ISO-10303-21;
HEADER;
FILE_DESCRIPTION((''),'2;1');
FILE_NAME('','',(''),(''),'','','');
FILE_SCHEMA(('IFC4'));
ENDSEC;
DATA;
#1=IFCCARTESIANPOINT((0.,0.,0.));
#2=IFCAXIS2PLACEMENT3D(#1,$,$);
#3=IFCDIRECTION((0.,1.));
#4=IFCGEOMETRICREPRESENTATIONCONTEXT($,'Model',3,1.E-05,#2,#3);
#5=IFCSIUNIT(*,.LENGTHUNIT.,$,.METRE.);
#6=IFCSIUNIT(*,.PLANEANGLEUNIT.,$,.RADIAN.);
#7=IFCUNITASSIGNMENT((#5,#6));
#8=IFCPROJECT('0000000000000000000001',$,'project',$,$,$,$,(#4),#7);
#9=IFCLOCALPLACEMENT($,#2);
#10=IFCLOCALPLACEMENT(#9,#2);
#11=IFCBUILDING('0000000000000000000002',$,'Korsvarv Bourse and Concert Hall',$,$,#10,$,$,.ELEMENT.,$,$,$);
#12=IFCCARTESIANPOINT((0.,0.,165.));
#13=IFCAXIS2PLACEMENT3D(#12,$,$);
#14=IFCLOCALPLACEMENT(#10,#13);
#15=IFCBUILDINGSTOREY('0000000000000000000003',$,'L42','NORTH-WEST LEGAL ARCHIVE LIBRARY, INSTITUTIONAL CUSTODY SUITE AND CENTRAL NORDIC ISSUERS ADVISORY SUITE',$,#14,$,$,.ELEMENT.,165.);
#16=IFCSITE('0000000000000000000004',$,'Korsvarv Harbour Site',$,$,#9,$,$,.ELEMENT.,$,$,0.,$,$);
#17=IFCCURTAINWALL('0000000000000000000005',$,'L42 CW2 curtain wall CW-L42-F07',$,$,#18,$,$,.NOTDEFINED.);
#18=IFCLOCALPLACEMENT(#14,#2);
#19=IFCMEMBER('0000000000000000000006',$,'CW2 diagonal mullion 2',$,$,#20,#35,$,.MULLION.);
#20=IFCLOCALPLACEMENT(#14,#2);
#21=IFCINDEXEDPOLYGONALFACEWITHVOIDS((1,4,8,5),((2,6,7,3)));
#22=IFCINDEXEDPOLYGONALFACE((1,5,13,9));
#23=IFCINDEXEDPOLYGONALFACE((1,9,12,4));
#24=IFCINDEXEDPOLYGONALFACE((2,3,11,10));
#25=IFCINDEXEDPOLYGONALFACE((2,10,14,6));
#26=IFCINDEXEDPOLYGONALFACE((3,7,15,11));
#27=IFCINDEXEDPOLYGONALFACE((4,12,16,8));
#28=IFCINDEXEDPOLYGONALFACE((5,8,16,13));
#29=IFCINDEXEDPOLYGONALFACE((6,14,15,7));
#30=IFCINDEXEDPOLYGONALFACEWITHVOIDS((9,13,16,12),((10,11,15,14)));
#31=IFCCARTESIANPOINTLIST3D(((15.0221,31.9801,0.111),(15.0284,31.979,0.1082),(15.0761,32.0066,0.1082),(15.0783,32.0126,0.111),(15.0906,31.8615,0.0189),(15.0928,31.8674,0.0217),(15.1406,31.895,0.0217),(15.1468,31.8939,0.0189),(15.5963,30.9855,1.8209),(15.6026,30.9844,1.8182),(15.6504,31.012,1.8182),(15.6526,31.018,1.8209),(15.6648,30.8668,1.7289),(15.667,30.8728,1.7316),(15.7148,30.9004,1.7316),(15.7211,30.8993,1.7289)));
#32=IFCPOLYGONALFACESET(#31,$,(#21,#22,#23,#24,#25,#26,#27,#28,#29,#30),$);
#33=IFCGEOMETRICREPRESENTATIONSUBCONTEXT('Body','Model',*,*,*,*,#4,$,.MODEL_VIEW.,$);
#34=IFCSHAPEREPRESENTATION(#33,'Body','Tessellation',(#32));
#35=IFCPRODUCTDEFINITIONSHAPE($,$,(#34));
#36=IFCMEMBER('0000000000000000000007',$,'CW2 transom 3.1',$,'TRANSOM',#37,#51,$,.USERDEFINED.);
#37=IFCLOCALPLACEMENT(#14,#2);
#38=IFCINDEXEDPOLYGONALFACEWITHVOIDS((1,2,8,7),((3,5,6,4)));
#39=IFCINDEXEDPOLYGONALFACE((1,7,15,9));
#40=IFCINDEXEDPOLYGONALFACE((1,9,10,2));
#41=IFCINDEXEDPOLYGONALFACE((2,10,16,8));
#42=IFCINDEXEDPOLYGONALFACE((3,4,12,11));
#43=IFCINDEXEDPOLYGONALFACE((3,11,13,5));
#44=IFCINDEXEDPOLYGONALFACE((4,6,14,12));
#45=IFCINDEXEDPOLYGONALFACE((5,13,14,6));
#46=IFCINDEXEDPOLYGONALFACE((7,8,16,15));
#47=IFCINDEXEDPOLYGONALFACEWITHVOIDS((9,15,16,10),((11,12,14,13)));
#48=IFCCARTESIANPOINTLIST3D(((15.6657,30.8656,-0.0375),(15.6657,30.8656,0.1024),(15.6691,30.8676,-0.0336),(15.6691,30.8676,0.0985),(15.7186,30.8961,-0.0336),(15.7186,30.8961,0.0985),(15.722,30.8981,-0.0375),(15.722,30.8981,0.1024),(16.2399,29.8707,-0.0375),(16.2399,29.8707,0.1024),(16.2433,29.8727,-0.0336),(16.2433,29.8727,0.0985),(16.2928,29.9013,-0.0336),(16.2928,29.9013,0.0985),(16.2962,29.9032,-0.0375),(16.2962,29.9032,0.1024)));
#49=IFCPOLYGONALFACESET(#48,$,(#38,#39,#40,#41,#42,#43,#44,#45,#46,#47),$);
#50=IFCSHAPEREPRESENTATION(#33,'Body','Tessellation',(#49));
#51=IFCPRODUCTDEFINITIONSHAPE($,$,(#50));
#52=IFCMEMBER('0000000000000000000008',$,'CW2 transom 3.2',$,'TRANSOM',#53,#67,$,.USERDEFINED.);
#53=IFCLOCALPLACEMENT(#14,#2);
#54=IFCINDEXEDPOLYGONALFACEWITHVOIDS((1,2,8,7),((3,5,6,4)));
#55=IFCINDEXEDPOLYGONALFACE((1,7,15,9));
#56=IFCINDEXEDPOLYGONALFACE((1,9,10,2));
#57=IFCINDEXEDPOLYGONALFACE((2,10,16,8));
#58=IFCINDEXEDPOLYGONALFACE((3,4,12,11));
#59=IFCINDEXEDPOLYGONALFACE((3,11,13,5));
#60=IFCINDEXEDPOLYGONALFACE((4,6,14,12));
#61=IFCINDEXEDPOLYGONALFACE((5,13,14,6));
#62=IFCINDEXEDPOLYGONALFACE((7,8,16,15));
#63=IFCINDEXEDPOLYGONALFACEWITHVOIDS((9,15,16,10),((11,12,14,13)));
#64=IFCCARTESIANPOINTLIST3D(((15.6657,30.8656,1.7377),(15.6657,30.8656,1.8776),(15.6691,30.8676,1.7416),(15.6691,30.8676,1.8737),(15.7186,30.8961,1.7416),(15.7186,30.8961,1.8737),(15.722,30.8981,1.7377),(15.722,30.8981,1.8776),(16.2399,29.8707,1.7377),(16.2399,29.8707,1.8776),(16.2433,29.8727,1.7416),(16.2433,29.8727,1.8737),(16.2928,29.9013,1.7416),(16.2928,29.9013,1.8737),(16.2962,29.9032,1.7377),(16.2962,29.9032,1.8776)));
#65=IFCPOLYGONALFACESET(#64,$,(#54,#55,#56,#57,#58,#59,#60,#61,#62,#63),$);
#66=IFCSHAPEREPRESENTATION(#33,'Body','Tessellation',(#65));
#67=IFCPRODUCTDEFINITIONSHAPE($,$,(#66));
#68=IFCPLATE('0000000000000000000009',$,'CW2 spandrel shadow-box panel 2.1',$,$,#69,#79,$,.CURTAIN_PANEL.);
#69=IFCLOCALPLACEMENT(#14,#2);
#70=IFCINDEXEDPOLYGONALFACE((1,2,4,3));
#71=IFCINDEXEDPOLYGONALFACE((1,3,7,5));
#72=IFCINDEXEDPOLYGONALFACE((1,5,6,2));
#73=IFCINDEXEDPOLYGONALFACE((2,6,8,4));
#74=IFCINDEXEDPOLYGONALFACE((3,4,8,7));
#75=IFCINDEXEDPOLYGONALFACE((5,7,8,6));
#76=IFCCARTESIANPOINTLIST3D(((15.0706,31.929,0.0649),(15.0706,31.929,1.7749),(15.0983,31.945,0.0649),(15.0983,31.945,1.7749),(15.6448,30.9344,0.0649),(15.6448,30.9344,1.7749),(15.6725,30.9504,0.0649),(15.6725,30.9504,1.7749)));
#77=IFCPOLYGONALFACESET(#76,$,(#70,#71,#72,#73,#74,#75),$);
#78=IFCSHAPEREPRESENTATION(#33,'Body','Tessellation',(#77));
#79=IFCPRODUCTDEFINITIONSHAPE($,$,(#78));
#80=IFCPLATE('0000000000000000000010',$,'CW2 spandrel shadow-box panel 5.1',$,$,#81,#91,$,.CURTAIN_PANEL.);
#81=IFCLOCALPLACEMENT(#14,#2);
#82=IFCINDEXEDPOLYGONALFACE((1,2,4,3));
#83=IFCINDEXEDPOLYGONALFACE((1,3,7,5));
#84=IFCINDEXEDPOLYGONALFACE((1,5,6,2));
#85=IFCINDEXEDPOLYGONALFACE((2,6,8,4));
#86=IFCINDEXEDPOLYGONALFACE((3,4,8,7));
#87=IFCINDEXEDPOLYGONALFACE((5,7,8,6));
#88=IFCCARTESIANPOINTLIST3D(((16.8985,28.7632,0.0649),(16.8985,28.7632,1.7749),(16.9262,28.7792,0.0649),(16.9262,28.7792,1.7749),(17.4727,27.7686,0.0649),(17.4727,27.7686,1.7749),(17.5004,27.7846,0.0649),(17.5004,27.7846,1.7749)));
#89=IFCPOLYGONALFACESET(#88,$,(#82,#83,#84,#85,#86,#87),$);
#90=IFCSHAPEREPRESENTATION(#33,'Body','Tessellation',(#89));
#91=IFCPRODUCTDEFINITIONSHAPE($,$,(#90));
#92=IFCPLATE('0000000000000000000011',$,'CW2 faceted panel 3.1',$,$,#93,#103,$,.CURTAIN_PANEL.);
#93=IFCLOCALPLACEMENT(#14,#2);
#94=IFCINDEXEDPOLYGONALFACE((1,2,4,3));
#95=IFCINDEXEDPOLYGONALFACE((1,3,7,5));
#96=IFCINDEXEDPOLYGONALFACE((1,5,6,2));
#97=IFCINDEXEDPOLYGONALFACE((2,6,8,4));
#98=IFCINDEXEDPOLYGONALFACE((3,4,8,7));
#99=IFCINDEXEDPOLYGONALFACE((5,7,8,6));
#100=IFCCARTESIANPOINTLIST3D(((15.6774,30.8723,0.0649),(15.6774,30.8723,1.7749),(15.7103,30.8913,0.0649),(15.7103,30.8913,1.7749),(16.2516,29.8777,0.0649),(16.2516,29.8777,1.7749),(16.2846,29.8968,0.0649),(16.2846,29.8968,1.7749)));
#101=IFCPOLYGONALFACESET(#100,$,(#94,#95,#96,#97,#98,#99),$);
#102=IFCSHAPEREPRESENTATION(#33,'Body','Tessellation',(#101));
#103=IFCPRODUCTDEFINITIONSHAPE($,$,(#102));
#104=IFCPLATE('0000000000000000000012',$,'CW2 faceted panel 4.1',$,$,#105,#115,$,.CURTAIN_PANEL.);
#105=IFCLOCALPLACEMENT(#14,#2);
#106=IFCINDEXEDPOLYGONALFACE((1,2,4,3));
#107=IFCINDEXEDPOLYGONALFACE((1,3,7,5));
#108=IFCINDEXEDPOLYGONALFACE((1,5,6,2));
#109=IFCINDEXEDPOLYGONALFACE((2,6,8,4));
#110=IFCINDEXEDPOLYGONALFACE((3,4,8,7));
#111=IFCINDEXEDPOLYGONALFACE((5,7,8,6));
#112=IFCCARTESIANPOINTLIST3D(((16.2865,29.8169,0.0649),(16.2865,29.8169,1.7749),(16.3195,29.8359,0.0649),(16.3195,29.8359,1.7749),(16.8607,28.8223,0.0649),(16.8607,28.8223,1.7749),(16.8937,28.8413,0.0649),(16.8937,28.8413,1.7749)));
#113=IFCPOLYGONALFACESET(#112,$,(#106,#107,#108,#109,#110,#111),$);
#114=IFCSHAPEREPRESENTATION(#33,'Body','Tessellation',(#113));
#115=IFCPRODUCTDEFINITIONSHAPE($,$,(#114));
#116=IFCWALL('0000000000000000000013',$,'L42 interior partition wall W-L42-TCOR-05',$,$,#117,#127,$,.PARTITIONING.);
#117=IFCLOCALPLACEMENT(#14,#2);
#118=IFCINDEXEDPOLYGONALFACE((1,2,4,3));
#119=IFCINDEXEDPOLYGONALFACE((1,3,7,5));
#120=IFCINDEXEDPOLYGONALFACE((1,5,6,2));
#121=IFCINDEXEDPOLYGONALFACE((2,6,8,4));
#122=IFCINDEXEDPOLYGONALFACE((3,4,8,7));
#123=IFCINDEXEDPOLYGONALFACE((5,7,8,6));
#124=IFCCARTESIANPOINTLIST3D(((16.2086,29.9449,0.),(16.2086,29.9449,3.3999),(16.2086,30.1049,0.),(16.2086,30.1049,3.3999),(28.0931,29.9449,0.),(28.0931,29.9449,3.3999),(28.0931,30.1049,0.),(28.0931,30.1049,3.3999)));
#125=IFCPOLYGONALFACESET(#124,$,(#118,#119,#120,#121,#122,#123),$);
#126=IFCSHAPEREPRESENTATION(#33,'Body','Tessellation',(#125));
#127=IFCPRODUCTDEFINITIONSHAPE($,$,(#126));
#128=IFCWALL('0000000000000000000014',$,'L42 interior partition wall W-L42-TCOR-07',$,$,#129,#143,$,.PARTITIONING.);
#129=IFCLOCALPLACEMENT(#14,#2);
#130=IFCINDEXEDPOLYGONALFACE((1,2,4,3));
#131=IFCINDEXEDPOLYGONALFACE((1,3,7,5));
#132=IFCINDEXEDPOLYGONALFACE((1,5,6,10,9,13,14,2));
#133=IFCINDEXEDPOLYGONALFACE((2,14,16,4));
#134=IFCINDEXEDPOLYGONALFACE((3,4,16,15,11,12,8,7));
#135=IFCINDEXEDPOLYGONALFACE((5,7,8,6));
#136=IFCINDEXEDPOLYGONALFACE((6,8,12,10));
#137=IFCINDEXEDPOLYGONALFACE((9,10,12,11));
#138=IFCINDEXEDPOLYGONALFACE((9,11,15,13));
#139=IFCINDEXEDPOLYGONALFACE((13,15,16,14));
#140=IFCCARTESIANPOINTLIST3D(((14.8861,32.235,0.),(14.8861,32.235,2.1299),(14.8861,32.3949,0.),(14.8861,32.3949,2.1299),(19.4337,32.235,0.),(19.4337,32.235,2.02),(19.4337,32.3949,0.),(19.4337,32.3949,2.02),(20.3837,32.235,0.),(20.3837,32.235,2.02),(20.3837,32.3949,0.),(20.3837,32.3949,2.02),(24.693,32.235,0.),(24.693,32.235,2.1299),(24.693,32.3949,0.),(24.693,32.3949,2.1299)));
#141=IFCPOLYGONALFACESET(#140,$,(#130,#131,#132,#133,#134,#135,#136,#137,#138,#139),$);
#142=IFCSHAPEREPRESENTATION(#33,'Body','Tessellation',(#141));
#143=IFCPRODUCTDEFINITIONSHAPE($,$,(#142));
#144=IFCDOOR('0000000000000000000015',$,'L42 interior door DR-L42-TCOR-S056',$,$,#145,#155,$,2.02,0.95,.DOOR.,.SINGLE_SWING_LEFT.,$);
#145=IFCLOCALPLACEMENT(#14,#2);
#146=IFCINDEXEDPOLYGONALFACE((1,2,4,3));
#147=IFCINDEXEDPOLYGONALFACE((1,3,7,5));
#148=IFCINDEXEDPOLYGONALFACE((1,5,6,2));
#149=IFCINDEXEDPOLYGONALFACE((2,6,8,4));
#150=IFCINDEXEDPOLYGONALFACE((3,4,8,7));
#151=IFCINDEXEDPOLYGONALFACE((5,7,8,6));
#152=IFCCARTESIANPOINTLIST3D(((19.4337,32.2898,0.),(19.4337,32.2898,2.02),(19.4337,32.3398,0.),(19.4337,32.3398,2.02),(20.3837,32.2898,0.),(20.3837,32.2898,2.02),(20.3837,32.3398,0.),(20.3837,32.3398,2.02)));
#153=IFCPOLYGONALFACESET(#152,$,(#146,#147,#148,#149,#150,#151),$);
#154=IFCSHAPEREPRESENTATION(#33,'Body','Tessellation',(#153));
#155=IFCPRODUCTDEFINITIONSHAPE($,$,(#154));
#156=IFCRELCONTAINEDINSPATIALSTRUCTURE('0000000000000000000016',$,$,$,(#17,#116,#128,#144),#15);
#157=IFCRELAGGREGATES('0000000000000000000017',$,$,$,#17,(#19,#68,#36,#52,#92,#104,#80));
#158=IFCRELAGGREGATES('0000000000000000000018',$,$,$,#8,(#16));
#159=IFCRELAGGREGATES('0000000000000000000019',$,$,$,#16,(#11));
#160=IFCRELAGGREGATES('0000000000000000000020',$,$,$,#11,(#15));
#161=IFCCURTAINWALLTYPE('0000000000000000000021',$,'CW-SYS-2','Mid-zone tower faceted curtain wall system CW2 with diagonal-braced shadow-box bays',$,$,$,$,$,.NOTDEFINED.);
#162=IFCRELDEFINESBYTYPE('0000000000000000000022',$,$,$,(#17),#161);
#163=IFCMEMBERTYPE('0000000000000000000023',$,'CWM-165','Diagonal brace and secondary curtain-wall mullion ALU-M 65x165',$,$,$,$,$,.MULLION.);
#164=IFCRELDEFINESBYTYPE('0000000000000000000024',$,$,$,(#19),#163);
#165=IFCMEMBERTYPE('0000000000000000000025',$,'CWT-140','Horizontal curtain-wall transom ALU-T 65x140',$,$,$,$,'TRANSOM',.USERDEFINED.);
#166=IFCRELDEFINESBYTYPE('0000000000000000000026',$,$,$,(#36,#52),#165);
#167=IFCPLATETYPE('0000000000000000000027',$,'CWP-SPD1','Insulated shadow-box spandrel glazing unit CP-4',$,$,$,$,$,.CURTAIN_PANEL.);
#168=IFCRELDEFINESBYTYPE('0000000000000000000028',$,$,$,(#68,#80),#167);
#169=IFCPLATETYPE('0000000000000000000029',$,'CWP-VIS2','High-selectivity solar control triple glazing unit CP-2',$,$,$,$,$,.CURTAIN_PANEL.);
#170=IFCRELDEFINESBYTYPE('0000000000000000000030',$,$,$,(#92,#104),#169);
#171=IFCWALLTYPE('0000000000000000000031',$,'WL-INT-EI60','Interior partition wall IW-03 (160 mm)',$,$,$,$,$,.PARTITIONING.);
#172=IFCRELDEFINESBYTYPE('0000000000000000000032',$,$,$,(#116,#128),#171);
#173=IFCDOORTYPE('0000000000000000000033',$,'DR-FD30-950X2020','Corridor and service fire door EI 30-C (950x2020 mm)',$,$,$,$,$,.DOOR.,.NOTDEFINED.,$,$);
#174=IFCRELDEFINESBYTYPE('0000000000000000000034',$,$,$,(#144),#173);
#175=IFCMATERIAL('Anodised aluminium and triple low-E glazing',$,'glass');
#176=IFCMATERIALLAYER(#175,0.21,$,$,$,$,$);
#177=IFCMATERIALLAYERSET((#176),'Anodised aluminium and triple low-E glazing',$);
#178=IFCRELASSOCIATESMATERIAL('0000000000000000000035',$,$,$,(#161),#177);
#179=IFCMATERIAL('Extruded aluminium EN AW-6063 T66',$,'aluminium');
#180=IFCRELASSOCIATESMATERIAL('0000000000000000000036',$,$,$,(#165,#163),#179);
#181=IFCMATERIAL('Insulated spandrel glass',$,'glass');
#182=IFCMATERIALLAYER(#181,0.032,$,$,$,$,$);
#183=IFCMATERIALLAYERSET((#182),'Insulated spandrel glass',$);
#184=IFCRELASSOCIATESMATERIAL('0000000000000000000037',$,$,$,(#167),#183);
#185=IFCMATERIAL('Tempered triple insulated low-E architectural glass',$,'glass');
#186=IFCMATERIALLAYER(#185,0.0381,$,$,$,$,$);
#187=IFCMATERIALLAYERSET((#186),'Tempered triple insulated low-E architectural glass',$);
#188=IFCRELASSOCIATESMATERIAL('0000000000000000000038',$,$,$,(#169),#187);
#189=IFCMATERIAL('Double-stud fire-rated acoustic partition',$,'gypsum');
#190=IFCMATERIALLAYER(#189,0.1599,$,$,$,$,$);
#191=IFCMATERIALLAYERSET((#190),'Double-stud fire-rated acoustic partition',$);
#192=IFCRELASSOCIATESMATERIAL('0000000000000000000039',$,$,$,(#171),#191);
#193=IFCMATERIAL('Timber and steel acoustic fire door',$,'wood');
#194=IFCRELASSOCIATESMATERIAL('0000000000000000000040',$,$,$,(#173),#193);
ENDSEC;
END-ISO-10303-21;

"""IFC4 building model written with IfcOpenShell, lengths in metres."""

from ifc_helpers import new_model, si_unit, direction, frame, frame_2d, origin, origin_2d, place, context, subcontext, project, spatial, rectangle, hollow_rectangle, extrude, source, transform, mapped, material, layer, layer_set, material_profile, profile_set, type_object, element, fill, aggregate, save


model = new_model("IFC4")

# Units and contexts
model_context = context("Model", 3, precision=1e-05, world=origin(), true_north=direction((0.0, 1.0)))
body_context = subcontext(model_context, "Body", "Model", "MODEL_VIEW")
ifc_project = project(units=[si_unit("LENGTHUNIT", "METRE"), si_unit("PLANEANGLEUNIT", "RADIAN")], contexts=[model_context])

# Site, building, storey
site_placement = place(None, origin())
site = spatial("IfcSite", under=ifc_project, at=site_placement, Name="Korsvarv Harbour Site", CompositionType="ELEMENT", RefElevation=0.0)
building_placement = place(site_placement, origin())
building = spatial("IfcBuilding", under=site, at=building_placement, Name="Korsvarv Bourse and Concert Hall", CompositionType="ELEMENT")
storey_placement = place(building_placement, frame((0.0, 0.0, 165.0)))
storey = spatial("IfcBuildingStorey", under=building, at=storey_placement, Name="L42", Description="NORTH-WEST LEGAL ARCHIVE LIBRARY, INSTITUTIONAL CUSTODY SUITE AND CENTRAL NORDIC ISSUERS ADVISORY SUITE", CompositionType="ELEMENT", Elevation=165.0)

# Curtain wall, members, plates
ifc_material_1 = material(Name="Anodised aluminium and triple low-E glazing", Category="glass")
ifc_layer_1 = layer(ifc_material_1, 0.21)
ifc_layer_set_1 = layer_set([ifc_layer_1], Name="Anodised aluminium and triple low-E glazing")
curtain_wall_type = type_object("IfcCurtainWallType", Name="CW-SYS-2", Description="Mid-zone tower faceted curtain wall system CW2 with diagonal-braced shadow-box bays", PredefinedType="NOTDEFINED", material=ifc_layer_set_1)
curtain_wall_placement = place(storey_placement, origin())
curtain_wall = element("IfcCurtainWall", 1, at=curtain_wall_placement, inside=storey, type_object=curtain_wall_type, Name="L42 CW2 curtain wall CW-L42-F07", PredefinedType="NOTDEFINED")
ifc_material_2 = material(Name="Extruded aluminium EN AW-6063 T66", Category="aluminium")
ifc_material_profile_1 = material_profile(ifc_material_2, hollow_rectangle(XDim=0.0649, YDim=0.1399, WallThickness=0.0039, at=origin_2d()), Name="ALU-T 65x140")
ifc_profile_set_1 = profile_set([ifc_material_profile_1], Name="Extruded aluminium EN AW-6063 T66")
member_type_1 = type_object("IfcMemberType", Name="CWT-140", Description="Horizontal curtain-wall transom ALU-T 65x140", ElementType="TRANSOM", PredefinedType="USERDEFINED", material=ifc_profile_set_1)
ifc_material_profile_2 = material_profile(ifc_material_2, hollow_rectangle(XDim=0.0649, YDim=0.165, WallThickness=0.0049, at=origin_2d()), Name="ALU-M 65x165")
ifc_profile_set_2 = profile_set([ifc_material_profile_2], Name="Extruded aluminium EN AW-6063 T66")
member_type_2 = type_object("IfcMemberType", Name="CWM-165", Description="Diagonal brace and secondary curtain-wall mullion ALU-M 65x165", PredefinedType="MULLION", material=ifc_profile_set_2)
shared_shape_1 = source(origin(), body_context, "Body", "SweptSolid", [
    extrude(hollow_rectangle(XDim=0.0649, YDim=0.165, WallThickness=0.0049, at=origin_2d()), origin(), (0.0, 0.0, 1.0), 2.0598),
])
member_1_placement = place(storey_placement, frame((15.0845, 31.937, 0.0649), z_axis=(0.278767, -0.482865, 0.830139), x_axis=(0.866037, 0.49998, 0.0)))
member_1 = element("IfcMember", 2, at=member_1_placement, type_object=member_type_2, Name="CW2 diagonal mullion 2", PredefinedType="MULLION", context=body_context, shape_type="MappedRepresentation", body=[
    mapped(shared_shape_1, transform((0.0, 0.0, 0.0), scale=1.0)),
])
shared_shape_2 = source(origin(), body_context, "Body", "SweptSolid", [
    extrude(hollow_rectangle(XDim=0.0649, YDim=0.1399, WallThickness=0.0039, at=origin_2d()), origin(), (0.0, 0.0, 1.0), 1.1487),
])
member_2_placement = place(storey_placement, frame((15.6938, 30.8818, 0.0325), z_axis=(0.499888, -0.86609, 0.0), x_axis=(0.86609, 0.499888, 0.0)))
member_2 = element("IfcMember", 3, at=member_2_placement, type_object=member_type_1, Name="CW2 transom 3.1", ObjectType="TRANSOM", PredefinedType="USERDEFINED", context=body_context, shape_type="MappedRepresentation", body=[
    mapped(shared_shape_2, transform((0.0, 0.0, 0.0), scale=1.0)),
])
member_3_placement = place(storey_placement, frame((15.6938, 30.8818, 1.8076), z_axis=(0.499888, -0.86609, 0.0), x_axis=(0.86609, 0.499888, 0.0)))
member_3 = element("IfcMember", 4, at=member_3_placement, type_object=member_type_1, Name="CW2 transom 3.2", ObjectType="TRANSOM", PredefinedType="USERDEFINED", context=body_context, shape_type="MappedRepresentation", body=[
    mapped(shared_shape_2, transform((0.0, 0.0, 0.0), scale=1.0)),
])
ifc_material_3 = material(Name="Insulated spandrel glass", Category="glass")
ifc_layer_2 = layer(ifc_material_3, 0.032)
ifc_layer_set_2 = layer_set([ifc_layer_2], Name="Insulated spandrel glass")
plate_type_1 = type_object("IfcPlateType", Name="CWP-SPD1", Description="Insulated shadow-box spandrel glazing unit CP-4", PredefinedType="CURTAIN_PANEL", material=ifc_layer_set_2)
shared_shape_3 = source(origin(), body_context, "Body", "SweptSolid", [
    extrude(rectangle(XDim=1.1484, YDim=0.032, at=origin_2d()), origin(), (0.0, 0.0, 1.0), 1.71),
])
plate_1_placement = place(storey_placement, frame((15.3716, 31.4397, 0.0649), z_axis=(0.0, 0.0, 1.0), x_axis=(0.500002, -0.866024, 0.0)))
plate_1 = element("IfcPlate", 5, at=plate_1_placement, type_object=plate_type_1, Name="CW2 spandrel shadow-box panel 2.1", PredefinedType="CURTAIN_PANEL", context=body_context, shape_type="MappedRepresentation", body=[
    mapped(shared_shape_3, transform((0.0, 0.0, 0.0), scale=1.0)),
])
plate_2_placement = place(storey_placement, frame((17.1995, 28.2739, 0.0649), z_axis=(0.0, 0.0, 1.0), x_axis=(0.500002, -0.866024, 0.0)))
plate_2 = element("IfcPlate", 6, at=plate_2_placement, type_object=plate_type_1, Name="CW2 spandrel shadow-box panel 5.1", PredefinedType="CURTAIN_PANEL", context=body_context, shape_type="MappedRepresentation", body=[
    mapped(shared_shape_3, transform((0.0, 0.0, 0.0), scale=1.0)),
])
ifc_material_4 = material(Name="Tempered triple insulated low-E architectural glass", Category="glass")
ifc_layer_3 = layer(ifc_material_4, 0.0381)
ifc_layer_set_3 = layer_set([ifc_layer_3], Name="Tempered triple insulated low-E architectural glass")
plate_type_2 = type_object("IfcPlateType", Name="CWP-VIS2", Description="High-selectivity solar control triple glazing unit CP-2", PredefinedType="CURTAIN_PANEL", material=ifc_layer_set_3)
shared_shape_4 = source(origin(), body_context, "Body", "SweptSolid", [
    extrude(rectangle(XDim=1.1484, YDim=0.0381, at=origin_2d()), origin(), (0.0, 0.0, 1.0), 1.71),
])
plate_3_placement = place(storey_placement, frame((15.981, 30.3845, 0.0649), z_axis=(0.0, 0.0, 1.0), x_axis=(0.500002, -0.866024, 0.0)))
plate_3 = element("IfcPlate", 7, at=plate_3_placement, type_object=plate_type_2, Name="CW2 faceted panel 3.1", PredefinedType="CURTAIN_PANEL", context=body_context, shape_type="MappedRepresentation", body=[
    mapped(shared_shape_4, transform((0.0, 0.0, 0.0), scale=1.0)),
])
plate_4_placement = place(storey_placement, frame((16.5901, 29.3291, 0.0649), z_axis=(0.0, 0.0, 1.0), x_axis=(0.500002, -0.866024, 0.0)))
plate_4 = element("IfcPlate", 8, at=plate_4_placement, type_object=plate_type_2, Name="CW2 faceted panel 4.1", PredefinedType="CURTAIN_PANEL", context=body_context, shape_type="MappedRepresentation", body=[
    mapped(shared_shape_4, transform((0.0, 0.0, 0.0), scale=1.0)),
])
aggregate(curtain_wall, [member_1, plate_1, member_2, member_3, plate_3, plate_4, plate_2])

# Wall
ifc_material_5 = material(Name="Double-stud fire-rated acoustic partition", Category="gypsum")
ifc_layer_4 = layer(ifc_material_5, 0.1599)
ifc_layer_set_4 = layer_set([ifc_layer_4], Name="Double-stud fire-rated acoustic partition")
wall_type = type_object("IfcWallType", Name="WL-INT-EI60", Description="Interior partition wall IW-03 (160 mm)", PredefinedType="PARTITIONING", material=ifc_layer_set_4)
wall_1_placement = place(storey_placement, frame((16.2085, 30.0249, 0.0), z_axis=(0.0, 0.0, 1.0), x_axis=(1.0, 0.0, 0.0)))
element("IfcWall", 9, at=wall_1_placement, inside=storey, type_object=wall_type, Name="L42 interior partition wall W-L42-TCOR-05", PredefinedType="PARTITIONING", context=body_context, shape_type="SweptSolid", body=[
    extrude(rectangle(XDim=11.8845, YDim=0.1599, at=frame_2d((5.9424, 0.0))), origin(), (0.0, 0.0, 1.0), 3.3999),
])

# Wall, opening, door
wall_2_placement = place(storey_placement, frame((14.8862, 32.3149, 0.0), z_axis=(0.0, 0.0, 1.0), x_axis=(1.0, 0.0, 0.0)))
wall_2 = element("IfcWall", 10, at=wall_2_placement, inside=storey, type_object=wall_type, Name="L42 interior partition wall W-L42-TCOR-07", PredefinedType="PARTITIONING", context=body_context, shape_type="SweptSolid", body=[
    extrude(rectangle(XDim=9.8069, YDim=0.1599, at=frame_2d((4.9033, 0.0))), origin(), (0.0, 0.0, 1.0), 2.1299),
])
opening_placement = place(wall_2_placement, frame((4.5474, 0.0, 0.0)))
opening = element("IfcOpeningElement", 11, at=opening_placement, cuts=wall_2, PredefinedType="OPENING", context=body_context, shape_type="SweptSolid", body=[
    extrude(rectangle(XDim=0.95, YDim=2.02, at=frame_2d((0.4751, 1.01))), frame((0.0, 0.0898, 0.0), z_axis=(0.0, -1.0, 0.0), x_axis=(1.0, 0.0, 0.0)), (0.0, 0.0, 1.0), 0.1799),
])
ifc_material_6 = material(Name="Timber and steel acoustic fire door", Category="wood")
door_type = type_object("IfcDoorType", Name="DR-FD30-950X2020", Description="Corridor and service fire door EI 30-C (950x2020 mm)", OperationType="NOTDEFINED", PredefinedType="DOOR", material=ifc_material_6)
door_placement = place(opening_placement, origin())
door = element("IfcDoor", 12, at=door_placement, inside=storey, type_object=door_type, Name="L42 interior door DR-L42-TCOR-S056", OperationType="SINGLE_SWING_LEFT", OverallHeight=2.02, OverallWidth=0.95, PredefinedType="DOOR", context=body_context, shape_type="SweptSolid", body=[
    extrude(rectangle(XDim=0.95, YDim=2.02, at=frame_2d((0.4751, 1.01))), frame((0.0, 0.0249, 0.0), z_axis=(0.0, -1.0, 0.0), x_axis=(1.0, 0.0, 0.0)), (0.0, 0.0, 1.0), 0.05),
])
fill(opening, door)

save(model, "model.ifc")
